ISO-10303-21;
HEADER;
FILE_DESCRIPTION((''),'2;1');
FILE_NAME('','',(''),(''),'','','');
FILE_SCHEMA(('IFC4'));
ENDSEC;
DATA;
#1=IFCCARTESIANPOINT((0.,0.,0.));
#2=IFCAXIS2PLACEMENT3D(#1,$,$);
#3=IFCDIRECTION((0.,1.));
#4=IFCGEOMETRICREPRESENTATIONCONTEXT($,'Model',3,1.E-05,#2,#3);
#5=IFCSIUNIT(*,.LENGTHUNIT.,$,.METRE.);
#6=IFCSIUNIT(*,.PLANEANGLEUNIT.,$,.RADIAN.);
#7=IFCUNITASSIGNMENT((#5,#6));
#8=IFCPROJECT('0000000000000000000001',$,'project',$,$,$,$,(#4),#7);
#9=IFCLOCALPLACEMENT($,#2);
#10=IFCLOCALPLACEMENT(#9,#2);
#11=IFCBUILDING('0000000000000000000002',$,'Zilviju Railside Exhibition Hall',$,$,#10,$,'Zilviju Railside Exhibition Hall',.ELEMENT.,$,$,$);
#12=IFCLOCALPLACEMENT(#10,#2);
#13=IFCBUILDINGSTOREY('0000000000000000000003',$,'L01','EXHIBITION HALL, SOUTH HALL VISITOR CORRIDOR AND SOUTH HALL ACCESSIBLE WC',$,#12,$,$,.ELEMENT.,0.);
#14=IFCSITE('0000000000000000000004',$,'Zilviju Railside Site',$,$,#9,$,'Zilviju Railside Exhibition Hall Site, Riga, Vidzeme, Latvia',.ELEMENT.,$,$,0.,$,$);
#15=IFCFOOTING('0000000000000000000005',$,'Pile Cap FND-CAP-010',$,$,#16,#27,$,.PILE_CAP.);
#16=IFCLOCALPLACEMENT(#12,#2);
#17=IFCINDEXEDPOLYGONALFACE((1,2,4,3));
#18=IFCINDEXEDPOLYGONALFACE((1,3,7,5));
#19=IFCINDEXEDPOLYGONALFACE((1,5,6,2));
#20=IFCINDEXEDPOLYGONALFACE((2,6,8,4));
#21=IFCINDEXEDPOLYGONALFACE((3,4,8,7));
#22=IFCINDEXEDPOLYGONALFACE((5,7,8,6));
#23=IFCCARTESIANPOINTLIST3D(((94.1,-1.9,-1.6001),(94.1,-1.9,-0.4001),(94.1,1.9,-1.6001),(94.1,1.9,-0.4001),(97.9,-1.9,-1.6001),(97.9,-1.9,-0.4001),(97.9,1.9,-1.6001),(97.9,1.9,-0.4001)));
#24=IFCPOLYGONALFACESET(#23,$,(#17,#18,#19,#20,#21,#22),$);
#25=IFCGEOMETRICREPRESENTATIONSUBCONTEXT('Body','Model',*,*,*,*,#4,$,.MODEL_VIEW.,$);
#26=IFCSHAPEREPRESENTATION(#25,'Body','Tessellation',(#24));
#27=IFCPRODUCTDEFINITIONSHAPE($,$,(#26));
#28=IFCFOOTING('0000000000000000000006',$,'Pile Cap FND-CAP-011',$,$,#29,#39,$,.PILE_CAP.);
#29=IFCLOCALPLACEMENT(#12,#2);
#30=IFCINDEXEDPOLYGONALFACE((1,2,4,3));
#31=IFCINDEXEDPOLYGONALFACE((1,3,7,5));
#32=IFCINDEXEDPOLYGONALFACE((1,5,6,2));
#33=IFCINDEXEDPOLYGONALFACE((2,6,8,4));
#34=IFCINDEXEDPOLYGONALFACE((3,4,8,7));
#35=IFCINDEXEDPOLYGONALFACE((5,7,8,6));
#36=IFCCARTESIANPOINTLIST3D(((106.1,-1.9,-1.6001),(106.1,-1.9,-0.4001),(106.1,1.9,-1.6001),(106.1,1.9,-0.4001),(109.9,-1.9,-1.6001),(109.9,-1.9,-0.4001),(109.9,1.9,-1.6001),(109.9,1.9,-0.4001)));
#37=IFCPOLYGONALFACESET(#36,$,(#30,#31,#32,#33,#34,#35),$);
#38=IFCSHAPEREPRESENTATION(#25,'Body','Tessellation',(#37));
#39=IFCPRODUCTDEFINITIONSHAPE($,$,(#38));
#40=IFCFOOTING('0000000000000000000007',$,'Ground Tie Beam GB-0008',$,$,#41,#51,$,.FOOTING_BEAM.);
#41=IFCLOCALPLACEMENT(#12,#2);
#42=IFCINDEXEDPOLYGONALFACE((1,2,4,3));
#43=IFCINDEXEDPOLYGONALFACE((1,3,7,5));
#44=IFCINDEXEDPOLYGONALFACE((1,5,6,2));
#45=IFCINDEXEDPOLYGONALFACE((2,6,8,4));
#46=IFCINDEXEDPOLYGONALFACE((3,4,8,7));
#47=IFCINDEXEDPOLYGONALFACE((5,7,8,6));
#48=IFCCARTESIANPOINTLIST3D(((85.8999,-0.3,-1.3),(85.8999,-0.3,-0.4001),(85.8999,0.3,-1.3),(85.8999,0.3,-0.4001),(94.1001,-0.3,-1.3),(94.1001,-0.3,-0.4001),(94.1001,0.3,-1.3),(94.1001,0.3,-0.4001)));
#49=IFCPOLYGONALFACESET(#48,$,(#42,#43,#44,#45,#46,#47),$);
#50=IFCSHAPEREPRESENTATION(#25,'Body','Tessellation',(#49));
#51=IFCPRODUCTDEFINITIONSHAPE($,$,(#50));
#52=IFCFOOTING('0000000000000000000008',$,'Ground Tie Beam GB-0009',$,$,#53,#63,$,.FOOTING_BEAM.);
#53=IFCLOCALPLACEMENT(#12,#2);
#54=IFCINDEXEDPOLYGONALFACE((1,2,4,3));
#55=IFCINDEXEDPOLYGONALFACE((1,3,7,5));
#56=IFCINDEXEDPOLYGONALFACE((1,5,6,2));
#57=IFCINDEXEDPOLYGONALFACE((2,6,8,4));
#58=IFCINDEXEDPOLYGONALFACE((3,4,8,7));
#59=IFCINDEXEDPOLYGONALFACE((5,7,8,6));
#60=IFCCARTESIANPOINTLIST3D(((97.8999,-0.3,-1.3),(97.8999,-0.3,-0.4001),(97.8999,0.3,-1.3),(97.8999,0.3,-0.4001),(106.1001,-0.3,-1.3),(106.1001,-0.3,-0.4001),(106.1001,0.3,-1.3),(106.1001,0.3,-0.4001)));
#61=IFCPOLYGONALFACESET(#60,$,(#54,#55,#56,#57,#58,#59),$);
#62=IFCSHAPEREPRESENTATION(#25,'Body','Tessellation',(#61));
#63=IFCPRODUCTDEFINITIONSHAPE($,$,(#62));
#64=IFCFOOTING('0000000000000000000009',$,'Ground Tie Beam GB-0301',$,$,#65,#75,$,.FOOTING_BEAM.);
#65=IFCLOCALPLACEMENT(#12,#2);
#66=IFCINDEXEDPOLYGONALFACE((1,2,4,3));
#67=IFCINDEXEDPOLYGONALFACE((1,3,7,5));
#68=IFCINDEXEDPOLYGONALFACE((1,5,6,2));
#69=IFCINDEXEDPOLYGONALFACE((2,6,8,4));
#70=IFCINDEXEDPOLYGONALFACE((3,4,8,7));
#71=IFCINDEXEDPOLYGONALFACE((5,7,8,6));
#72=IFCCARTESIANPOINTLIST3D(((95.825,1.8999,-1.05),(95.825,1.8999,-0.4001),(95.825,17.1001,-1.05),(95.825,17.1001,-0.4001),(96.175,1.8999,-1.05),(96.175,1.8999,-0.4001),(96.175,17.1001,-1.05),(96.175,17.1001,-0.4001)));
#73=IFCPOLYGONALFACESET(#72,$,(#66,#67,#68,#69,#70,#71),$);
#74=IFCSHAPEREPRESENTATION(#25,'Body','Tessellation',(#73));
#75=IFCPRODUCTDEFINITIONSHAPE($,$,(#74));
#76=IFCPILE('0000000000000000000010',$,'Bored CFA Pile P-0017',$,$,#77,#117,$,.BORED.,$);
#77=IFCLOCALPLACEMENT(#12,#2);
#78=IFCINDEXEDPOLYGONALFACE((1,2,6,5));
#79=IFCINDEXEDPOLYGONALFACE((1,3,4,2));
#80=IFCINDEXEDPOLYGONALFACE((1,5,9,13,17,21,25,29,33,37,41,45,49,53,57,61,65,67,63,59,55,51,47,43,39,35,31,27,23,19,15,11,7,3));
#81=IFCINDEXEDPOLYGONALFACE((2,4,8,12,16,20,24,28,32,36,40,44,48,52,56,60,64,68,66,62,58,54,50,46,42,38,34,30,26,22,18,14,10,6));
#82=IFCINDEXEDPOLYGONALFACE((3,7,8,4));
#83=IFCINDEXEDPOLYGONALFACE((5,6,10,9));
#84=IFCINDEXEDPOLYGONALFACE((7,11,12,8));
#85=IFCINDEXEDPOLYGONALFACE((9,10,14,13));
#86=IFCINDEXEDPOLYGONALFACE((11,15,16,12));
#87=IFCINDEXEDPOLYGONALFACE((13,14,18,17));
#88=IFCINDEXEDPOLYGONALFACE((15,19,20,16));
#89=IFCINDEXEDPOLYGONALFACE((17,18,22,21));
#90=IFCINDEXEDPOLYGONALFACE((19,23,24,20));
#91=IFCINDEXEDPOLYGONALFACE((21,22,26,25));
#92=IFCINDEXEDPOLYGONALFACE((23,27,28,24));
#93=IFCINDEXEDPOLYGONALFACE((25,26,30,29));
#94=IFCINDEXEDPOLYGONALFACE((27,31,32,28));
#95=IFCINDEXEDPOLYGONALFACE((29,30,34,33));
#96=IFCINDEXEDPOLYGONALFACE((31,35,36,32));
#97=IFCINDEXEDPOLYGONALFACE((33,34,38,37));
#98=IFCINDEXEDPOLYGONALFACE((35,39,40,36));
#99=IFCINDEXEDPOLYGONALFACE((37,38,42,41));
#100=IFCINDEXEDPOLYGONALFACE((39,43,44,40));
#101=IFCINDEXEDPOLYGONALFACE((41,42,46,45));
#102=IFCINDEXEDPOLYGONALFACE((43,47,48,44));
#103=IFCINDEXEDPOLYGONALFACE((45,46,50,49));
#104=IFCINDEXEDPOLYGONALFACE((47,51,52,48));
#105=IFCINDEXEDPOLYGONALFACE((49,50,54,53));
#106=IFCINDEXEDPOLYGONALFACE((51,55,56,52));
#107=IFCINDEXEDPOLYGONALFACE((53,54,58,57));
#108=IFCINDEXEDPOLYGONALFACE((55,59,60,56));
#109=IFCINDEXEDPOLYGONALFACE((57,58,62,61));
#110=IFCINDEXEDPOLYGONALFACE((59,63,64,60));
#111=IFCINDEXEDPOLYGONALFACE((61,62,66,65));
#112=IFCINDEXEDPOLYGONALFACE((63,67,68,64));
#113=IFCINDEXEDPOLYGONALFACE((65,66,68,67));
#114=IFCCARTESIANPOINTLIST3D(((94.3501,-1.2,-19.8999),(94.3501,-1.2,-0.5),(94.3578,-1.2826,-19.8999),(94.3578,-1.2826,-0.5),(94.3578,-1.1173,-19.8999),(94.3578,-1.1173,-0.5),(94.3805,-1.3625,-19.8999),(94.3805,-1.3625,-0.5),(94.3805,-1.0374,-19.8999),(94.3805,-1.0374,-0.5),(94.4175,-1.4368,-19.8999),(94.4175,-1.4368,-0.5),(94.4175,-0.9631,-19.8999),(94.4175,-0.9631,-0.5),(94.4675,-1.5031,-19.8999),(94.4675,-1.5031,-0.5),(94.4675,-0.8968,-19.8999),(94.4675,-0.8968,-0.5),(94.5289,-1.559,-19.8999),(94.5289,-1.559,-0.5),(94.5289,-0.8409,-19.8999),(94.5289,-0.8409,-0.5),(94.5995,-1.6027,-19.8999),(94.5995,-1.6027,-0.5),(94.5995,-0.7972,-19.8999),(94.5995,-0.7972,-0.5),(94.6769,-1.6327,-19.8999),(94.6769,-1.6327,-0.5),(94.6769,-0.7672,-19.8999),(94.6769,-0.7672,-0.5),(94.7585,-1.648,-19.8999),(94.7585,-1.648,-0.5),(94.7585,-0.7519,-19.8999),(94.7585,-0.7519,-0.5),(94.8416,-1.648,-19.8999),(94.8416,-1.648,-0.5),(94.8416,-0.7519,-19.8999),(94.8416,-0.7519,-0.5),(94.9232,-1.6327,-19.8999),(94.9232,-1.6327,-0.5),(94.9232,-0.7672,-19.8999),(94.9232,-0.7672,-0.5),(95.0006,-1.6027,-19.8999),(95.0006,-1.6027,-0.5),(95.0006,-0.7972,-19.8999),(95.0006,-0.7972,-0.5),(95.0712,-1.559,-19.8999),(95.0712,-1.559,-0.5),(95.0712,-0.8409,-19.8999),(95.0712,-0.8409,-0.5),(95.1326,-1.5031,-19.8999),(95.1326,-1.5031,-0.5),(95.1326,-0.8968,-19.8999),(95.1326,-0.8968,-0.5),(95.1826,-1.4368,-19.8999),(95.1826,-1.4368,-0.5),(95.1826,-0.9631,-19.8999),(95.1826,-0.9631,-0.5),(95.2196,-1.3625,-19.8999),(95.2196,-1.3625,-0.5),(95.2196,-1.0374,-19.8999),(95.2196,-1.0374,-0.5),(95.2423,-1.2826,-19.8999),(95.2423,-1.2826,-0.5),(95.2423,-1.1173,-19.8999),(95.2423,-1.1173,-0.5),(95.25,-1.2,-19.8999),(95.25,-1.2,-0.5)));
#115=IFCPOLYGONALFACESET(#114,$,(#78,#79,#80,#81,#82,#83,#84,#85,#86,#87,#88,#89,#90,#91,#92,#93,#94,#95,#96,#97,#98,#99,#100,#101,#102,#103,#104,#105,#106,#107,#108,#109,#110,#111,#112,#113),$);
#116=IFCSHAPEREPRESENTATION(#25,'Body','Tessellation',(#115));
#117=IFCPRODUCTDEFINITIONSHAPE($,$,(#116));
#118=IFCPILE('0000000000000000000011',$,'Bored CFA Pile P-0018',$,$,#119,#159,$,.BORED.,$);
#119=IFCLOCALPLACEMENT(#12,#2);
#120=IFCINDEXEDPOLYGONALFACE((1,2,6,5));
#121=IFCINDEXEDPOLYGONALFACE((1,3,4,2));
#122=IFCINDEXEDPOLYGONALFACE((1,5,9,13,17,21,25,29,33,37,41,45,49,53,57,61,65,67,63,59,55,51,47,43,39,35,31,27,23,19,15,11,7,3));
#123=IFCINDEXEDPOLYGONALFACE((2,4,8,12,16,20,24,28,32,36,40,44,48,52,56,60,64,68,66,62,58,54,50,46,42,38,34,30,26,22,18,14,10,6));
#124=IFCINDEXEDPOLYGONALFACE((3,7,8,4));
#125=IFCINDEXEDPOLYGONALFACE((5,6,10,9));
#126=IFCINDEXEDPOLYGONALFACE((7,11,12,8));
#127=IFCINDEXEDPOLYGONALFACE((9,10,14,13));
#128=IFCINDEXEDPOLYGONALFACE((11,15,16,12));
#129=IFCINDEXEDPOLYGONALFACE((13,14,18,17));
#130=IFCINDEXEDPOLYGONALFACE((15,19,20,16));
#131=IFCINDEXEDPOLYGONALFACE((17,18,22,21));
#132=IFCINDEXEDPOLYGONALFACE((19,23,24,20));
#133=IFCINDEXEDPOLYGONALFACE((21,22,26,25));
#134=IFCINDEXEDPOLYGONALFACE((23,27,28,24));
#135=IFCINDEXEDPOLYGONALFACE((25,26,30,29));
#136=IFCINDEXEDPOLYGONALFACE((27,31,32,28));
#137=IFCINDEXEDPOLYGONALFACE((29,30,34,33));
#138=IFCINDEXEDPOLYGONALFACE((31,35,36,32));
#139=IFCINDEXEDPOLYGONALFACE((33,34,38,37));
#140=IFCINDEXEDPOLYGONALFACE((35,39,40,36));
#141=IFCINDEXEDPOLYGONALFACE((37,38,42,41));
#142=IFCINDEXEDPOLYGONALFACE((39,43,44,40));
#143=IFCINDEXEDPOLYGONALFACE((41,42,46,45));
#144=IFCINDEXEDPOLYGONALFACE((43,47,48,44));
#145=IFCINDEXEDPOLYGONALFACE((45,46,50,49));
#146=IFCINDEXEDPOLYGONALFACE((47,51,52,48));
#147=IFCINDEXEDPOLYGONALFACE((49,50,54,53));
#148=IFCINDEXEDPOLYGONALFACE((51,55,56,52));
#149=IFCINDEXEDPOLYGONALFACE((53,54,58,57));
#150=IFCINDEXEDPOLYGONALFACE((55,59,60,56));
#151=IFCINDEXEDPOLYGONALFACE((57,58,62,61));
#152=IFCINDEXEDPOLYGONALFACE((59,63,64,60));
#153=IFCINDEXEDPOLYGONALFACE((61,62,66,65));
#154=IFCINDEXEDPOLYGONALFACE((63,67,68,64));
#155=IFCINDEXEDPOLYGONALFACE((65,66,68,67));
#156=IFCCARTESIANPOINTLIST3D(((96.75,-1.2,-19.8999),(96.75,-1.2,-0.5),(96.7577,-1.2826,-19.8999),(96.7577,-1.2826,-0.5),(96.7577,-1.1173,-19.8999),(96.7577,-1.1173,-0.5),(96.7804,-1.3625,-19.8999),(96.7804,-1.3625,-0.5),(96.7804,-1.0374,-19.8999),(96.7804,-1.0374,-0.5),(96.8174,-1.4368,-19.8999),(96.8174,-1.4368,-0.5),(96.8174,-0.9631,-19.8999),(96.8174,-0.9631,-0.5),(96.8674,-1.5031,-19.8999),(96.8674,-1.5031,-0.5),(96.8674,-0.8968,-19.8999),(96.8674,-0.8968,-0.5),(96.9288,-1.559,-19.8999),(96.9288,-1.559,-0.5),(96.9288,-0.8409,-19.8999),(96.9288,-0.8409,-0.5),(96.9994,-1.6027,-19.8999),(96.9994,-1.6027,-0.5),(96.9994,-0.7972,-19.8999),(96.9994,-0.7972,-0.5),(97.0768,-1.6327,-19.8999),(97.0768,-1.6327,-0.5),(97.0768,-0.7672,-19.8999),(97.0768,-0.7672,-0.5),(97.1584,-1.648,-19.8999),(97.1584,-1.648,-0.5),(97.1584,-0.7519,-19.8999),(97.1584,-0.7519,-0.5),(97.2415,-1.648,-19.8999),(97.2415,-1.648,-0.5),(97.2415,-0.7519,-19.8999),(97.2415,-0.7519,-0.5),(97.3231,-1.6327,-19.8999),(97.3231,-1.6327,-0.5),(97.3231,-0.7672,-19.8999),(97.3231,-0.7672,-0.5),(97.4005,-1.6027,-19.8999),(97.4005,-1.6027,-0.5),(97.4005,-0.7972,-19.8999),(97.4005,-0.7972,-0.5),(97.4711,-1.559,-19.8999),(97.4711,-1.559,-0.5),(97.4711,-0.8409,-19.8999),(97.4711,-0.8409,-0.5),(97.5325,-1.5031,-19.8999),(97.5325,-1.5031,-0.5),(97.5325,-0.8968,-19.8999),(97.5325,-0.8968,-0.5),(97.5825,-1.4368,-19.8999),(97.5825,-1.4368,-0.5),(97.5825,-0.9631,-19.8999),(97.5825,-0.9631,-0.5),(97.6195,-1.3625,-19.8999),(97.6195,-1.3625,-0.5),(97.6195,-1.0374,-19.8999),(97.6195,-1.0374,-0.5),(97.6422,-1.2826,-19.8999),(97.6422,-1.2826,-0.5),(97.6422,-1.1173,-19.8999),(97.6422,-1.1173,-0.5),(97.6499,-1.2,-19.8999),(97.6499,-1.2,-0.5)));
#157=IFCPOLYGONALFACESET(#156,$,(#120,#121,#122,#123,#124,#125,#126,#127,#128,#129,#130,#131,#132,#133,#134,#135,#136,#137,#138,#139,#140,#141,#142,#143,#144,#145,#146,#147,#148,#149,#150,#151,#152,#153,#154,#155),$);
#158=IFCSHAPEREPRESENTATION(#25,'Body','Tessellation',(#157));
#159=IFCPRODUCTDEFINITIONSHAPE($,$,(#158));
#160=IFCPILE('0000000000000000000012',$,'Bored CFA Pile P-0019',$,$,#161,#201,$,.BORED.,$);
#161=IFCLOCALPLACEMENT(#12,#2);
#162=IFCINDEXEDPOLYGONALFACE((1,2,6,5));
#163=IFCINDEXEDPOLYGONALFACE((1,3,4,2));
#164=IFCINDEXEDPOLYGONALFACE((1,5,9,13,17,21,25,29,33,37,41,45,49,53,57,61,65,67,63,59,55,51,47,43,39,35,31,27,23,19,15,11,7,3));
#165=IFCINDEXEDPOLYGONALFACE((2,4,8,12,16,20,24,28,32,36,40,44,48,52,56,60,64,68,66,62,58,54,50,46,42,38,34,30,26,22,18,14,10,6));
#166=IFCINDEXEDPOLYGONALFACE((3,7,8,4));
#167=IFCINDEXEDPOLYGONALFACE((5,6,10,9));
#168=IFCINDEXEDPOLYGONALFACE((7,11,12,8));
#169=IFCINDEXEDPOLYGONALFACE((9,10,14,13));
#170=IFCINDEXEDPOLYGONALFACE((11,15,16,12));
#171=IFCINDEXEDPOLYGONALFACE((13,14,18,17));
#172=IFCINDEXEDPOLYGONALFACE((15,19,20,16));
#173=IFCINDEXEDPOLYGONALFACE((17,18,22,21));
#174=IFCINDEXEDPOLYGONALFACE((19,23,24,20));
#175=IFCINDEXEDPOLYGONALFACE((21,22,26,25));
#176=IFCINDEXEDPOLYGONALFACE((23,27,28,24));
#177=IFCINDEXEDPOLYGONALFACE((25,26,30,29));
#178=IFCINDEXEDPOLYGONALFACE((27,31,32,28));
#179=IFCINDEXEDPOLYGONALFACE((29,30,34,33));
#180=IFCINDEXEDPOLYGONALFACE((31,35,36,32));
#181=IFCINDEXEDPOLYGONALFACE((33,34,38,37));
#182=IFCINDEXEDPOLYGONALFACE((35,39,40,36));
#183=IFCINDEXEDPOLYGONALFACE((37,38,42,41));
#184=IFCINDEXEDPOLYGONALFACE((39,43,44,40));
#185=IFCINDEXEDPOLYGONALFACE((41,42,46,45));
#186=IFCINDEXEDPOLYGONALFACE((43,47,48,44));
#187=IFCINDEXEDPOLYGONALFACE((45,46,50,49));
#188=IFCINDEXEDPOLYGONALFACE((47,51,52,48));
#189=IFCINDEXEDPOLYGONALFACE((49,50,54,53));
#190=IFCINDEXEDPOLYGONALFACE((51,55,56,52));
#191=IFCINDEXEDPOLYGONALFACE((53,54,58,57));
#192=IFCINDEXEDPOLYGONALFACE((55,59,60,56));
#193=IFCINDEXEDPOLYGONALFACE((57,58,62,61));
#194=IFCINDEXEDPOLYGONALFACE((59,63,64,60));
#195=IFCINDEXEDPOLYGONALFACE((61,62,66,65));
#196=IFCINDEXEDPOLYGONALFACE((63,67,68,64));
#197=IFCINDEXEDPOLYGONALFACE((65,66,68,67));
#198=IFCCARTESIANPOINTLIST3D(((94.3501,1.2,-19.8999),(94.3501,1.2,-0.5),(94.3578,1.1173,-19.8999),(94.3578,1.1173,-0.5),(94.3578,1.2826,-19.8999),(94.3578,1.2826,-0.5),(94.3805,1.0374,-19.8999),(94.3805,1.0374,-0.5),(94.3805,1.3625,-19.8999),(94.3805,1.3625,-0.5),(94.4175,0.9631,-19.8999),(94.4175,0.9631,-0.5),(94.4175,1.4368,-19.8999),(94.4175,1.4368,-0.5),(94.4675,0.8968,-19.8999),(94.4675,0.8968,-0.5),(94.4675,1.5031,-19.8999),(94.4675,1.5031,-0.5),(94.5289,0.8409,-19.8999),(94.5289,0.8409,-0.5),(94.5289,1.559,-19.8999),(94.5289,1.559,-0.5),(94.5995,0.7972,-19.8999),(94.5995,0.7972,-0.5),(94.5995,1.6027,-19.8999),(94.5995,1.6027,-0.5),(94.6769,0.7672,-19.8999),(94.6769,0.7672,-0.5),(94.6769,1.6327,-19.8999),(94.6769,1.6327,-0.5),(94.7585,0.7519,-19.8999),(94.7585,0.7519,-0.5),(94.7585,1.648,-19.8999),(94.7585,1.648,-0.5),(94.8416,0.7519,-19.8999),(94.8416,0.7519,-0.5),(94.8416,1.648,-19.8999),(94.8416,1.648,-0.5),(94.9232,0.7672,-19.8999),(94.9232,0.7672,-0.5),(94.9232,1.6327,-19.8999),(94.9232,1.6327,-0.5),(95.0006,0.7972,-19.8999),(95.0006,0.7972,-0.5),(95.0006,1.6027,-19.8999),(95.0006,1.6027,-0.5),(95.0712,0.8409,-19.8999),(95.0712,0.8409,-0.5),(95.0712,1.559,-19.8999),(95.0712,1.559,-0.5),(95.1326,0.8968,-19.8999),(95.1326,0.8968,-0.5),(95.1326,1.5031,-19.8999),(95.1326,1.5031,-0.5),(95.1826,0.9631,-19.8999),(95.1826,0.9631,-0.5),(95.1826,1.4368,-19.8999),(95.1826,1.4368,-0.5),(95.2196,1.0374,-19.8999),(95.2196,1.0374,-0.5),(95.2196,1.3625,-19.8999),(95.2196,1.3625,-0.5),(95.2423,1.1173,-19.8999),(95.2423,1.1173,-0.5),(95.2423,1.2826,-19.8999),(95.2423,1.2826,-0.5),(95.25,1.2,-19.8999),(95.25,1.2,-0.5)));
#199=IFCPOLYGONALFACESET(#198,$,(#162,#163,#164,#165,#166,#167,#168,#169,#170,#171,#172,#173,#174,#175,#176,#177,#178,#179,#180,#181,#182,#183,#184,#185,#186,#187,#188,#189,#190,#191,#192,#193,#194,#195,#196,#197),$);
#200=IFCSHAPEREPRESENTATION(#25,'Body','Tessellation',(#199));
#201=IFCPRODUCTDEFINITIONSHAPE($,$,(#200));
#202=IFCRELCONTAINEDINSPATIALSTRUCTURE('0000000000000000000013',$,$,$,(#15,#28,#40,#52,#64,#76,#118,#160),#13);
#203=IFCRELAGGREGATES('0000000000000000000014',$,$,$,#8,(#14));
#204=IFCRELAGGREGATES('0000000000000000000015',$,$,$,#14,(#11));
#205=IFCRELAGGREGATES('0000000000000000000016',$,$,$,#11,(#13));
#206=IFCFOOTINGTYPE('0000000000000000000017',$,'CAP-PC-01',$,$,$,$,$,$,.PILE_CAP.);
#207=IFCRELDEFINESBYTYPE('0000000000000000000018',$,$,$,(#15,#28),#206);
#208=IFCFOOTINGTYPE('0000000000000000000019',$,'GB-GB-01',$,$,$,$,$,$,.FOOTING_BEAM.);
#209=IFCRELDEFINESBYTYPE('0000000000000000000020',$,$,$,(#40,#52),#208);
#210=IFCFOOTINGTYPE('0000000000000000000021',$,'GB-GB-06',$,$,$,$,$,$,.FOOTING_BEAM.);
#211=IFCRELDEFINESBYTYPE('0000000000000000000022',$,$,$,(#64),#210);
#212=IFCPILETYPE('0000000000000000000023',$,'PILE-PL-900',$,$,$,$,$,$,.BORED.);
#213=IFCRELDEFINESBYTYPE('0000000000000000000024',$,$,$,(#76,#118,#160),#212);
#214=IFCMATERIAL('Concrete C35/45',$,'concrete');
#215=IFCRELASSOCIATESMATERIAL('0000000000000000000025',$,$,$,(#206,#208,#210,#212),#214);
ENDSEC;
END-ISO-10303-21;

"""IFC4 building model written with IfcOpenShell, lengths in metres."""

from ifc_helpers import new_model, si_unit, direction, frame, origin, origin_2d, place, context, subcontext, project, spatial, rectangle, circle, extrude, material, material_profile, profile_set, type_object, element, save


model = new_model("IFC4")

# Units and contexts
model_context = context("Model", 3, precision=1e-05, world=origin(), true_north=direction((0.0, 1.0)))
body_context = subcontext(model_context, "Body", "Model", "MODEL_VIEW")
ifc_project = project(units=[si_unit("LENGTHUNIT", "METRE"), si_unit("PLANEANGLEUNIT", "RADIAN")], contexts=[model_context])

# Site, building, storey
site_placement = place(None, origin())
site = spatial("IfcSite", under=ifc_project, at=site_placement, Name="Zilviju Railside Site", LongName="Zilviju Railside Exhibition Hall Site, Riga, Vidzeme, Latvia", CompositionType="ELEMENT", RefElevation=0.0)
building_placement = place(site_placement, origin())
building = spatial("IfcBuilding", under=site, at=building_placement, Name="Zilviju Railside Exhibition Hall", LongName="Zilviju Railside Exhibition Hall", CompositionType="ELEMENT")
storey_placement = place(building_placement, origin())
storey = spatial("IfcBuildingStorey", under=building, at=storey_placement, Name="L01", Description="EXHIBITION HALL, SOUTH HALL VISITOR CORRIDOR AND SOUTH HALL ACCESSIBLE WC", CompositionType="ELEMENT", Elevation=0.0)

# Footings
ifc_material_1 = material(Name="Concrete C35/45", Category="concrete")
footing_type_1 = type_object("IfcFootingType", Name="CAP-PC-01", PredefinedType="PILE_CAP", material=ifc_material_1)
for number, where, z_axis, x_axis, name in (
    (1, (96.0, 0.0, -1.6001), (0.0, 0.0, 1.0), (1.0, 0.0, 0.0), "Pile Cap FND-CAP-010"),
    (2, (108.0, 0.0, -1.6001), (0.0, 0.0, 1.0), (1.0, 0.0, 0.0), "Pile Cap FND-CAP-011"),
):
    element("IfcFooting", number, at=place(storey_placement, frame(where, z_axis=z_axis, x_axis=x_axis)), inside=storey, type_object=footing_type_1, Name=name, PredefinedType="PILE_CAP", context=body_context, shape_type="SweptSolid", body=[
        extrude(rectangle(XDim=3.8, YDim=3.8, at=origin_2d()), origin(), (0.0, 0.0, 1.0), 1.2),
    ])
ifc_material_profile_1 = material_profile(ifc_material_1, rectangle(XDim=0.6001, YDim=0.8999, at=origin_2d()), Name="TIE BEAM 600x900")
ifc_profile_set_1 = profile_set([ifc_material_profile_1], Name="Concrete C35/45")
footing_type_2 = type_object("IfcFootingType", Name="GB-GB-01", PredefinedType="FOOTING_BEAM", material=ifc_profile_set_1)
for number, where, z_axis, x_axis, name in (
    (3, (85.8999, 0.0, -0.8501), (1.0, 0.0, 0.0), (0.0, 1.0, 0.0), "Ground Tie Beam GB-0008"),
    (4, (97.8999, 0.0, -0.8501), (1.0, 0.0, 0.0), (0.0, 1.0, 0.0), "Ground Tie Beam GB-0009"),
):
    element("IfcFooting", number, at=place(storey_placement, frame(where, z_axis=z_axis, x_axis=x_axis)), inside=storey, type_object=footing_type_2, Name=name, PredefinedType="FOOTING_BEAM", context=body_context, shape_type="SweptSolid", body=[
        extrude(rectangle(XDim=0.6001, YDim=0.8999, at=origin_2d()), origin(), (0.0, 0.0, 1.0), 8.2002),
    ])
ifc_material_profile_2 = material_profile(ifc_material_1, rectangle(XDim=0.3501, YDim=0.6499, at=origin_2d()), Name="TIE BEAM 350x650")
ifc_profile_set_2 = profile_set([ifc_material_profile_2], Name="Concrete C35/45")
footing_type_3 = type_object("IfcFootingType", Name="GB-GB-06", PredefinedType="FOOTING_BEAM", material=ifc_profile_set_2)
footing_placement = place(storey_placement, frame((96.0, 1.8999, -0.7251), z_axis=(0.0, 1.0, 0.0), x_axis=(-1.0, 0.0, 0.0)))
element("IfcFooting", 5, at=footing_placement, inside=storey, type_object=footing_type_3, Name="Ground Tie Beam GB-0301", PredefinedType="FOOTING_BEAM", context=body_context, shape_type="SweptSolid", body=[
    extrude(rectangle(XDim=0.3501, YDim=0.6499, at=origin_2d()), origin(), (0.0, 0.0, 1.0), 15.2002),
])

# Piles
ifc_material_profile_3 = material_profile(ifc_material_1, circle(Radius=0.45, at=origin_2d()), Name="CFA PILE D900")
ifc_profile_set_3 = profile_set([ifc_material_profile_3], Name="Concrete C35/45")
pile_type = type_object("IfcPileType", Name="PILE-PL-900", PredefinedType="BORED", material=ifc_profile_set_3)
for number, where, z_axis, x_axis, name in (
    (6, (94.8, -1.2, -0.5), (0.0, 0.0, -1.0), (1.0, 0.0, 0.0), "Bored CFA Pile P-0017"),
    (7, (97.2, -1.2, -0.5), (0.0, 0.0, -1.0), (1.0, 0.0, 0.0), "Bored CFA Pile P-0018"),
    (8, (94.8, 1.2, -0.5), (0.0, 0.0, -1.0), (1.0, 0.0, 0.0), "Bored CFA Pile P-0019"),
):
    element("IfcPile", number, at=place(storey_placement, frame(where, z_axis=z_axis, x_axis=x_axis)), inside=storey, type_object=pile_type, Name=name, PredefinedType="BORED", context=body_context, shape_type="SweptSolid", body=[
        extrude(circle(Radius=0.45, at=origin_2d()), origin(), (0.0, 0.0, 1.0), 19.3999),
    ])

save(model, "model.ifc")
